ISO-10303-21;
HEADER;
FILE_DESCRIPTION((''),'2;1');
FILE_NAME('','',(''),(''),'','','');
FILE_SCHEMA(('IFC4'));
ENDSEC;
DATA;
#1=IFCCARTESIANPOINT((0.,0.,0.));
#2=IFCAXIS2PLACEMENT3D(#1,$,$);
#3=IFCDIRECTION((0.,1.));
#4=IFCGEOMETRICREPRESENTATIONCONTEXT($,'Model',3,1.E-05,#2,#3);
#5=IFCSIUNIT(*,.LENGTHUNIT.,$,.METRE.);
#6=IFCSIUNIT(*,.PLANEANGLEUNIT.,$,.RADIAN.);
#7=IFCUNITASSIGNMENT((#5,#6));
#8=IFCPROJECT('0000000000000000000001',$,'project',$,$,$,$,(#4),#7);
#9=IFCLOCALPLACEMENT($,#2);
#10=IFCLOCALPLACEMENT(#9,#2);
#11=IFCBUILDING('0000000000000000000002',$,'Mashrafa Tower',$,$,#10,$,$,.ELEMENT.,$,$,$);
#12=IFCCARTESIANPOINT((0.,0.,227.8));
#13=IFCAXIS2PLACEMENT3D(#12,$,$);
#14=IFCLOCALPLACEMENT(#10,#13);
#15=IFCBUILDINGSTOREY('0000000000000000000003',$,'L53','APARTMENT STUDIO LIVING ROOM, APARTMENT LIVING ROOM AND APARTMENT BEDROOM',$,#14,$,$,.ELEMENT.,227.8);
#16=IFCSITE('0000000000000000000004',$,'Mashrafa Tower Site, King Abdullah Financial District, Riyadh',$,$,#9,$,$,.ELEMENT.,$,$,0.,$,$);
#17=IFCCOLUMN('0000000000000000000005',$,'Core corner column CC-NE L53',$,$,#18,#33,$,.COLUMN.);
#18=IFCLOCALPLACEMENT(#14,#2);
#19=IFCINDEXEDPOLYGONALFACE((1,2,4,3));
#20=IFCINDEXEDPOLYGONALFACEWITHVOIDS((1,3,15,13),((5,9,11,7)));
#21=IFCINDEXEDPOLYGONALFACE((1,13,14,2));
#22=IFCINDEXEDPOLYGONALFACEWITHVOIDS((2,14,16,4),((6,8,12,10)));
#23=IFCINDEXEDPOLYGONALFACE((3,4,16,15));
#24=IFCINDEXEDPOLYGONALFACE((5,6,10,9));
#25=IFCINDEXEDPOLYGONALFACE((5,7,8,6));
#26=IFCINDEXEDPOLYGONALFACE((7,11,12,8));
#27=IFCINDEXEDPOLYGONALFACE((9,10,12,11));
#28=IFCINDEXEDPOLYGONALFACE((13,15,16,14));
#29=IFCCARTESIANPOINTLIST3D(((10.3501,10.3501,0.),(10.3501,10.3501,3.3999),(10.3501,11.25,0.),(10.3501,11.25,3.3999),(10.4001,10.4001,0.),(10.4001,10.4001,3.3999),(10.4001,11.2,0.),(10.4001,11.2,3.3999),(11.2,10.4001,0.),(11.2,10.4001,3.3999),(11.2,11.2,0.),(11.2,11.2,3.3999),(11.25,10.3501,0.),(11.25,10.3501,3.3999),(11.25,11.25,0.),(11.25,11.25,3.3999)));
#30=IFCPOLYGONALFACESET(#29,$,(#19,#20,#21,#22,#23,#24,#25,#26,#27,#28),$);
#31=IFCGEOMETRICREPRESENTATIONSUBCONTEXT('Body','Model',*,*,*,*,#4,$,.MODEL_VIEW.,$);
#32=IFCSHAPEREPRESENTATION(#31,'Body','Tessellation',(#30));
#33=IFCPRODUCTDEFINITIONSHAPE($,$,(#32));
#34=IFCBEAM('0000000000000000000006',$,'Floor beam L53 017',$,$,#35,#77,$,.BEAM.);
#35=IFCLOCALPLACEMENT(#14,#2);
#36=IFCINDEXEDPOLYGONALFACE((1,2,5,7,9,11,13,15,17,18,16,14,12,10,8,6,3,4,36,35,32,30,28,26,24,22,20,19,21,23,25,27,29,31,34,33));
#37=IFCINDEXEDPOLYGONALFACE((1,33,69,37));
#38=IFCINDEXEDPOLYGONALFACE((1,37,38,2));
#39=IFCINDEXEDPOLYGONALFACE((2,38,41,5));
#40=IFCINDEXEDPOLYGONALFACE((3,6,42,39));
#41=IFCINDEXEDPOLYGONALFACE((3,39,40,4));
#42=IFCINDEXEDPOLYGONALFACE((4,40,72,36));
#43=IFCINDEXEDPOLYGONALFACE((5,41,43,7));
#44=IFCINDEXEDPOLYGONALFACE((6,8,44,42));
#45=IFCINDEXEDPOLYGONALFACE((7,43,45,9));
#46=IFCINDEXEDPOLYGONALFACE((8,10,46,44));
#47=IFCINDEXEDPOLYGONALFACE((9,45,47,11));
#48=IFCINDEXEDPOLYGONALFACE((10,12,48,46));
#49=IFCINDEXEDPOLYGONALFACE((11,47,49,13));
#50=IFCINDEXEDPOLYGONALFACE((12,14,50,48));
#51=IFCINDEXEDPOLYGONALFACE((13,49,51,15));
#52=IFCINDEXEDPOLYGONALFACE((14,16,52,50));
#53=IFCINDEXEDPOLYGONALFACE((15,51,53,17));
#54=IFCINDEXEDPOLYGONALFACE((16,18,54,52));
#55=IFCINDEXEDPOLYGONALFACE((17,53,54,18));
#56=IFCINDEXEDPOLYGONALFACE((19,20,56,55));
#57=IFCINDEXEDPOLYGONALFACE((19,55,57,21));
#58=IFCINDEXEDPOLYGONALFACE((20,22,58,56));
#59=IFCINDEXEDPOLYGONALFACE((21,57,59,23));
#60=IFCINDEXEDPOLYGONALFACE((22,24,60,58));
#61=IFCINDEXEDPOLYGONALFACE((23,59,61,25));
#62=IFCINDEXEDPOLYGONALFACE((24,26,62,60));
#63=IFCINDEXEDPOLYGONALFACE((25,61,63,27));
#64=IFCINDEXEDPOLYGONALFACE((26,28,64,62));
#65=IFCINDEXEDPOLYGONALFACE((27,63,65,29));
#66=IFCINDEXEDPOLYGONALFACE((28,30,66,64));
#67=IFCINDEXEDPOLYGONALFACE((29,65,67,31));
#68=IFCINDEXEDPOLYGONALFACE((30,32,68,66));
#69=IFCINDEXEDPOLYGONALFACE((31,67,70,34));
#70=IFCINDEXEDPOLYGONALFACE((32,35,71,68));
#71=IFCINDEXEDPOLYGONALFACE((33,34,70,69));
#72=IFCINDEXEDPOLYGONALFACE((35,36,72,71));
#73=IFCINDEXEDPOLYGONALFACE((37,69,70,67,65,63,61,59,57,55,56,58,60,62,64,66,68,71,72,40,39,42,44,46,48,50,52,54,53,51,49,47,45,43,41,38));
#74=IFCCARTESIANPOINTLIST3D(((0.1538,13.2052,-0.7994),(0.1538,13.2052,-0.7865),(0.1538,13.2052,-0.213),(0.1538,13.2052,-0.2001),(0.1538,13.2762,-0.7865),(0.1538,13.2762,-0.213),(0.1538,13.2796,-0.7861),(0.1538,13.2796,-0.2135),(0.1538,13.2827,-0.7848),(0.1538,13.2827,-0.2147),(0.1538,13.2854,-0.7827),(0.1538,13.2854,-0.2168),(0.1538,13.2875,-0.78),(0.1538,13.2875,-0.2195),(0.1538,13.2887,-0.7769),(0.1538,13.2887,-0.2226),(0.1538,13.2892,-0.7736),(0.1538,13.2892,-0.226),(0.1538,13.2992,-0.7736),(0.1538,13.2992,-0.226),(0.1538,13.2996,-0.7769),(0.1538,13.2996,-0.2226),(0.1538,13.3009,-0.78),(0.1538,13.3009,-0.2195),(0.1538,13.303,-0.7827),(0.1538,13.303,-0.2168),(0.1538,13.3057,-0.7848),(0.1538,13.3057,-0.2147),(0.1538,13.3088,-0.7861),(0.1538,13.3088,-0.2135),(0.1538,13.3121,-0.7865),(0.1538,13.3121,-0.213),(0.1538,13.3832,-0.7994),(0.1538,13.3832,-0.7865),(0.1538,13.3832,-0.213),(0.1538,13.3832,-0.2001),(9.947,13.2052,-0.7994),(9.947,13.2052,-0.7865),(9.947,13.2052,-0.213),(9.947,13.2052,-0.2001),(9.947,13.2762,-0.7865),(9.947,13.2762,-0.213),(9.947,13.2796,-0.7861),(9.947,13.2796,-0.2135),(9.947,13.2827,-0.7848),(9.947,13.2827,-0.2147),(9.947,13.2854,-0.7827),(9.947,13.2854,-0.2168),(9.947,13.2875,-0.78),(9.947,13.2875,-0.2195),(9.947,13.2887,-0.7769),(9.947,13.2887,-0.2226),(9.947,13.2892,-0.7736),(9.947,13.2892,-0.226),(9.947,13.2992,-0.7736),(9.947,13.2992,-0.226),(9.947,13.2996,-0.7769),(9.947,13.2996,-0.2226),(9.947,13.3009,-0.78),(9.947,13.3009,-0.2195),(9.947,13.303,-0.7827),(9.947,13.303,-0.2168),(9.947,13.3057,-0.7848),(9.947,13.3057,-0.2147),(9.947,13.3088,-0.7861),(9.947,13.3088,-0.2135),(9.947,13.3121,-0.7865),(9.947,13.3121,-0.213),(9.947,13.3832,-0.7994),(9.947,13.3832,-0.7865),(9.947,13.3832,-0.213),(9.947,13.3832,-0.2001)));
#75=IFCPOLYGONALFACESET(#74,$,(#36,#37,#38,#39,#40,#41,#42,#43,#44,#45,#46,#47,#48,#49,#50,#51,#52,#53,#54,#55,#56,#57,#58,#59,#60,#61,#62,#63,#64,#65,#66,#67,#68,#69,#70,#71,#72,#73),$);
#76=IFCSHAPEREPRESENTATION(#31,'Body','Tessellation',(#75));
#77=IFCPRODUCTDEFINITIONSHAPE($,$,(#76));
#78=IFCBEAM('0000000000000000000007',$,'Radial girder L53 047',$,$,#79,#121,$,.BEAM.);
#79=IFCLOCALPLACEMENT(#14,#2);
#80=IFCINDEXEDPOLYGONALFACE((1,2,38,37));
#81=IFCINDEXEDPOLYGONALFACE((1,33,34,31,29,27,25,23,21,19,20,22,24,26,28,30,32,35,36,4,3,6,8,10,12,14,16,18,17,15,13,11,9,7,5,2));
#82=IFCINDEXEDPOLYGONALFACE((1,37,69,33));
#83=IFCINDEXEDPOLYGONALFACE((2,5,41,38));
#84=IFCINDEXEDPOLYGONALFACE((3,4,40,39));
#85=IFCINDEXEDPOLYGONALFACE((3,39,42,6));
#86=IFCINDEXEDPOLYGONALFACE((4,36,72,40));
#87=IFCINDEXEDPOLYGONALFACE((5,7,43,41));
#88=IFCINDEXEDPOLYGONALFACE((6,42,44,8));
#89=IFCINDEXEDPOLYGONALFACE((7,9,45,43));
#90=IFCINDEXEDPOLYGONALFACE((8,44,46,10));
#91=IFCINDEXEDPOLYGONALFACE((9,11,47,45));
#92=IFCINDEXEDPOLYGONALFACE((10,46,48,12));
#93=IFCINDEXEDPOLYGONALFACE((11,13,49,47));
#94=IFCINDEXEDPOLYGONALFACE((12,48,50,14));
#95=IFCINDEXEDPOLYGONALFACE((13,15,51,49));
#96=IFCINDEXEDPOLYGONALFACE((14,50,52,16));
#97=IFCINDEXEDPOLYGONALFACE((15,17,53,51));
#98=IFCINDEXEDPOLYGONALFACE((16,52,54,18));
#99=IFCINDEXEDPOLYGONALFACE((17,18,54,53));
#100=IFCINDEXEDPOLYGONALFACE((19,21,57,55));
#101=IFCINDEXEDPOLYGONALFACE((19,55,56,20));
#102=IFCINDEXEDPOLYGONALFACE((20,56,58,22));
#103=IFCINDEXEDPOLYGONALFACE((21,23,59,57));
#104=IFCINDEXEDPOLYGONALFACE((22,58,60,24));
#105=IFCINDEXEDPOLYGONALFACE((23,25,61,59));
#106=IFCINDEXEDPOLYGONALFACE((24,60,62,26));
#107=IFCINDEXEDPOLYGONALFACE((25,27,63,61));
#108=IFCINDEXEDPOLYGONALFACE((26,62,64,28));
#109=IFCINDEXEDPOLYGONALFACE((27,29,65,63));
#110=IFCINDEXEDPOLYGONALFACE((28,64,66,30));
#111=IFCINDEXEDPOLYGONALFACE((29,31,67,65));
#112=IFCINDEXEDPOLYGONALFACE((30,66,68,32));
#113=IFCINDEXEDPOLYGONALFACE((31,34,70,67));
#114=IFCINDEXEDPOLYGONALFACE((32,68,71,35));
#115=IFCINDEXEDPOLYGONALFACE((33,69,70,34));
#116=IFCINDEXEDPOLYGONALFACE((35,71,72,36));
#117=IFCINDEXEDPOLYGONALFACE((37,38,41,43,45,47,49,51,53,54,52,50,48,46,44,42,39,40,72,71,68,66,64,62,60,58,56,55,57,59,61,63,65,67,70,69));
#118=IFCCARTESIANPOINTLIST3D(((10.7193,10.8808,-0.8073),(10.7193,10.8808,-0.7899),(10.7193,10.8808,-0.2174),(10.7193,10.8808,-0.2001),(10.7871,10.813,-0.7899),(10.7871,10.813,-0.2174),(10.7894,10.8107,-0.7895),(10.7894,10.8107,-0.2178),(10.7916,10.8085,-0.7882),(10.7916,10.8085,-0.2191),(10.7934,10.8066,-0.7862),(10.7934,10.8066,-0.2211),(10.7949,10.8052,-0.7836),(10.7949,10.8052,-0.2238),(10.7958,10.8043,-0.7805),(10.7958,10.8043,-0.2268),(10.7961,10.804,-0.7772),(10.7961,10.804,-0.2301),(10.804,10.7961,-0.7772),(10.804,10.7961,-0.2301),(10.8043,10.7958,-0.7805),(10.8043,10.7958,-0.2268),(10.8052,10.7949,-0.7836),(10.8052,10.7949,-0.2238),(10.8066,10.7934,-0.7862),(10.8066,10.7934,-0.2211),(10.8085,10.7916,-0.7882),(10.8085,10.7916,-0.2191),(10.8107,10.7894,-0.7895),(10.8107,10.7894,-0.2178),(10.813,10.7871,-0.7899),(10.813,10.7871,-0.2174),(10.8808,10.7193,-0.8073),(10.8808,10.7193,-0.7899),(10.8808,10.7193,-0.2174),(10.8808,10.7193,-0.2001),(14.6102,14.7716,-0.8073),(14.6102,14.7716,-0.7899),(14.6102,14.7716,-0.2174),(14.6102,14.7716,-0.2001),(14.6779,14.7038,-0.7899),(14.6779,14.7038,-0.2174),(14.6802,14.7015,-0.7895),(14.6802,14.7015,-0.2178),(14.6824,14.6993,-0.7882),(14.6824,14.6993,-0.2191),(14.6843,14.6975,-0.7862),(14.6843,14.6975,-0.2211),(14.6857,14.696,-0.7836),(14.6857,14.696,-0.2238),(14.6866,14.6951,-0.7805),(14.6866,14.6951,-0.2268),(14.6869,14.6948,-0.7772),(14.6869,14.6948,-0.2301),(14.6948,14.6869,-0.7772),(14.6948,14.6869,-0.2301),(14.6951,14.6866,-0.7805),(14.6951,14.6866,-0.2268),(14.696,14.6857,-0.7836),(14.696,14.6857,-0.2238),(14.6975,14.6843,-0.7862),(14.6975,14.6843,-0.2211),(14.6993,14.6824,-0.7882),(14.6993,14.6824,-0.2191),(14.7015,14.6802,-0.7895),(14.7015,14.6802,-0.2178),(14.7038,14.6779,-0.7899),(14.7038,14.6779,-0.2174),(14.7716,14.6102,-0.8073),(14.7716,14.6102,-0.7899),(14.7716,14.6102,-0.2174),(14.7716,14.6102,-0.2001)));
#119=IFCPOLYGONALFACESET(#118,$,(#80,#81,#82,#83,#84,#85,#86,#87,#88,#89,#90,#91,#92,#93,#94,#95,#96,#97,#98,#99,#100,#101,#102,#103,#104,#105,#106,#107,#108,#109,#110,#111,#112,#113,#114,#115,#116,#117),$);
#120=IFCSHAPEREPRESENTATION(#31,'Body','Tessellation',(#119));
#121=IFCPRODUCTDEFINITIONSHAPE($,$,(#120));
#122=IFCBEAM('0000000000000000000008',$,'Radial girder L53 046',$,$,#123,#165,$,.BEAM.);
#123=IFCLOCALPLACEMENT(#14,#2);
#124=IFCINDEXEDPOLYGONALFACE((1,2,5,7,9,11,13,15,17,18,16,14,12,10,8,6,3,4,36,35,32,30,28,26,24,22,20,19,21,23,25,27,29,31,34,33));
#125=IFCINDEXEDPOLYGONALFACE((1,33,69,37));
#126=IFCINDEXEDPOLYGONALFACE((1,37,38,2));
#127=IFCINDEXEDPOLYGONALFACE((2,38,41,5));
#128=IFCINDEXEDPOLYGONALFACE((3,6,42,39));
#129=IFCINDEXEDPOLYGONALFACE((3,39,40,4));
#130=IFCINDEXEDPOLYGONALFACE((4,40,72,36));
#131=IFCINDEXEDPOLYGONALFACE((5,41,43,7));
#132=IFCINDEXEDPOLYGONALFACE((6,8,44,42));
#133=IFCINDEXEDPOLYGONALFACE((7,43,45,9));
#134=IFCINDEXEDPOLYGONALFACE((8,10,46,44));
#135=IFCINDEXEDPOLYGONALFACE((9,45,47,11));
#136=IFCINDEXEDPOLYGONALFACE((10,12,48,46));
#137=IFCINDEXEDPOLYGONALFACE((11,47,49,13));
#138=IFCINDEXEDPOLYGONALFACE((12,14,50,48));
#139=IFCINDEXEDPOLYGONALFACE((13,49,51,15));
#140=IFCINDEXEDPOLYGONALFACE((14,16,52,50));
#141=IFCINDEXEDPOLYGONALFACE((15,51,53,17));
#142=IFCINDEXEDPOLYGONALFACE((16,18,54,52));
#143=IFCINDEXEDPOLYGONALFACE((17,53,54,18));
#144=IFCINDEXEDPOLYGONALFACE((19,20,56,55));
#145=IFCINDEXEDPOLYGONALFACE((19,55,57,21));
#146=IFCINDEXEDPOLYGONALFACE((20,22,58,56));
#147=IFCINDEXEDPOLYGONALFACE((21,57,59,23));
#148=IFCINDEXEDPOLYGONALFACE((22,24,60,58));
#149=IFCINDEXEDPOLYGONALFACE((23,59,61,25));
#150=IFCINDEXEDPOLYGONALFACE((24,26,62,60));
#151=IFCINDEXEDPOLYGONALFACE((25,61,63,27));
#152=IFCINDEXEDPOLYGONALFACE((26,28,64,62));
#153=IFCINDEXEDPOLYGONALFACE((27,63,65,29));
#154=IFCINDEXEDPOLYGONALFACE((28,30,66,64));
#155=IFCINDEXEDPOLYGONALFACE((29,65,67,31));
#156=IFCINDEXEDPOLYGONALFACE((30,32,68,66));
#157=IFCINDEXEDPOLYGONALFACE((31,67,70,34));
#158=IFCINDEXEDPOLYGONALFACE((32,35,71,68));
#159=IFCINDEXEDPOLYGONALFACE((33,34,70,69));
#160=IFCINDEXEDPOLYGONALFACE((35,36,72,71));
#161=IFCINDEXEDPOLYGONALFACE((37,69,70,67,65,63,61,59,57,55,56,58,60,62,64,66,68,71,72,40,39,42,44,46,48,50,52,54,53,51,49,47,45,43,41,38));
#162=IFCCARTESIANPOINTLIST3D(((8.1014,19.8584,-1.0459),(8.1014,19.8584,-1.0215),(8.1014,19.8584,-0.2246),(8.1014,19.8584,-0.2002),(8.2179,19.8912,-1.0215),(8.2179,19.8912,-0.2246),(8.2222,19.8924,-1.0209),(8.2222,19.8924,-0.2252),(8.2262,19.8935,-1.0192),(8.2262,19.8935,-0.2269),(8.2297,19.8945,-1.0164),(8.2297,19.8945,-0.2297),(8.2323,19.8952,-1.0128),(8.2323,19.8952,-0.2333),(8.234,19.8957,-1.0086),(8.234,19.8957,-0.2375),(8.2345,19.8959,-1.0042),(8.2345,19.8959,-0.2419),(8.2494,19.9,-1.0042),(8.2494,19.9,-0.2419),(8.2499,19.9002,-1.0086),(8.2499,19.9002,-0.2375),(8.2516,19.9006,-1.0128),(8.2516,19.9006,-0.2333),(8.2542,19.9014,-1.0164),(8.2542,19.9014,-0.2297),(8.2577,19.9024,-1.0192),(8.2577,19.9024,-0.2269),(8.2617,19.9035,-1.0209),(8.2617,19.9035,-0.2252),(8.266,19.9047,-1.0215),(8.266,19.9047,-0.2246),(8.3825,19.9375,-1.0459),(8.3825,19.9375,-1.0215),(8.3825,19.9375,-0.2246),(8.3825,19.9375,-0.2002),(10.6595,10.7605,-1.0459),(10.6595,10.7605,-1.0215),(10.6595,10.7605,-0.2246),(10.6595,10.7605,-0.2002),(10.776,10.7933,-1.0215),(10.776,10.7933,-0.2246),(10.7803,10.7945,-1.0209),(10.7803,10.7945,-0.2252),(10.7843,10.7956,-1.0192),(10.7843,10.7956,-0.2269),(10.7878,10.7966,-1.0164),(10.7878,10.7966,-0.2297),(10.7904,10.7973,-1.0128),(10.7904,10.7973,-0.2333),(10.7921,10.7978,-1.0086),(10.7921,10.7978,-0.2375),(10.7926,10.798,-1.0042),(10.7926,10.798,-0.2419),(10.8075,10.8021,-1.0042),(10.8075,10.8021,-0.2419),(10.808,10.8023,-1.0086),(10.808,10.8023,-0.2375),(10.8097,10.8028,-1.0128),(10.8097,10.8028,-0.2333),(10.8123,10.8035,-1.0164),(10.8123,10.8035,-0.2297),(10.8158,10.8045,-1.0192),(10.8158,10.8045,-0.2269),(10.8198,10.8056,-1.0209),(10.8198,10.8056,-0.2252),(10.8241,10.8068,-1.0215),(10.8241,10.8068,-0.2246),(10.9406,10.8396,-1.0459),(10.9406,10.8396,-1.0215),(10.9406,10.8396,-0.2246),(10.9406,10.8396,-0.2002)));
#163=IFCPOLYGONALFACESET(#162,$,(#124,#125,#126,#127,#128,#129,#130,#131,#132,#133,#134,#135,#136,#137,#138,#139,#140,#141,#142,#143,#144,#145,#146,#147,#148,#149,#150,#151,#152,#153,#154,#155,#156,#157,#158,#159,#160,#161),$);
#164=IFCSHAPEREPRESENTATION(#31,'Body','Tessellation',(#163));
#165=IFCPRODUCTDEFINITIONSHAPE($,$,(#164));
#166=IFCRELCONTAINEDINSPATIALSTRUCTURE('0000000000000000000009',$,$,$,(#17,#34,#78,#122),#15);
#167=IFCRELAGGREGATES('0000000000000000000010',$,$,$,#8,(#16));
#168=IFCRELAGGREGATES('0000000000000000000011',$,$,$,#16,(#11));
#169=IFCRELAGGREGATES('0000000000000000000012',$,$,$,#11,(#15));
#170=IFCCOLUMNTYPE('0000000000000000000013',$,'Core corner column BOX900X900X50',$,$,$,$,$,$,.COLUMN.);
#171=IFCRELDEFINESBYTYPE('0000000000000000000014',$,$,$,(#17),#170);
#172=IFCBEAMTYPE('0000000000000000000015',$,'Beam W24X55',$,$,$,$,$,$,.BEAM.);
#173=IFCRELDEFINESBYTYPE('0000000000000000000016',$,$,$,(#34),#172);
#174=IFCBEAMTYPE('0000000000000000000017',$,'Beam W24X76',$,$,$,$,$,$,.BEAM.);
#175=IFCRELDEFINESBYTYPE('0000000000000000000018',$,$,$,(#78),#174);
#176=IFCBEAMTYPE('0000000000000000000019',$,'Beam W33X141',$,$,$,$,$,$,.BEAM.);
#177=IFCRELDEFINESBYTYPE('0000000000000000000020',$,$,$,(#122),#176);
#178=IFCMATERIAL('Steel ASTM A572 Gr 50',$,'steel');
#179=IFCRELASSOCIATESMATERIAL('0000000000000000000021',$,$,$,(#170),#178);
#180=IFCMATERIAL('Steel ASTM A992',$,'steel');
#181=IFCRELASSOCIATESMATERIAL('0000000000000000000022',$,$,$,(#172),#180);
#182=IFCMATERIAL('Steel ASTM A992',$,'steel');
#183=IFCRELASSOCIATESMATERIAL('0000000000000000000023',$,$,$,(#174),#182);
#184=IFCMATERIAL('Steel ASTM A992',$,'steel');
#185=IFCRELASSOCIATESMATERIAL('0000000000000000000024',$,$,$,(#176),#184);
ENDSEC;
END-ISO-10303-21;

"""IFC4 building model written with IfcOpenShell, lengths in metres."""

from ifc_helpers import new_model, si_unit, direction, frame, origin, origin_2d, place, context, subcontext, project, spatial, hollow_rectangle, i_section, extrude, material, material_profile, profile_set, type_object, element, save


model = new_model("IFC4")

# Units and contexts
model_context = context("Model", 3, precision=1e-05, world=origin(), true_north=direction((0.0, 1.0)))
body_context = subcontext(model_context, "Body", "Model", "MODEL_VIEW")
ifc_project = project(units=[si_unit("LENGTHUNIT", "METRE"), si_unit("PLANEANGLEUNIT", "RADIAN")], contexts=[model_context])

# Site, building, storey
site_placement = place(None, origin())
site = spatial("IfcSite", under=ifc_project, at=site_placement, Name="Mashrafa Tower Site, King Abdullah Financial District, Riyadh", CompositionType="ELEMENT", RefElevation=0.0)
building_placement = place(site_placement, origin())
building = spatial("IfcBuilding", under=site, at=building_placement, Name="Mashrafa Tower", CompositionType="ELEMENT")
storey_placement = place(building_placement, frame((0.0, 0.0, 227.8)))
storey = spatial("IfcBuildingStorey", under=building, at=storey_placement, Name="L53", Description="APARTMENT STUDIO LIVING ROOM, APARTMENT LIVING ROOM AND APARTMENT BEDROOM", CompositionType="ELEMENT", Elevation=227.8)

# Column
ifc_material_1 = material(Name="Steel ASTM A572 Gr 50", Category="steel")
ifc_material_profile_1 = material_profile(ifc_material_1, hollow_rectangle(XDim=0.8999, YDim=0.8999, WallThickness=0.05, at=origin_2d()), Name="BOX900X900X50")
ifc_profile_set_1 = profile_set([ifc_material_profile_1], Name="Steel ASTM A572 Gr 50")
column_type = type_object("IfcColumnType", Name="Core corner column BOX900X900X50", PredefinedType="COLUMN", material=ifc_profile_set_1)
column_placement = place(storey_placement, frame((10.8, 10.8, 0.0), z_axis=(0.0, 0.0, 1.0), x_axis=(1.0, 0.0, 0.0)))
element("IfcColumn", 1, at=column_placement, inside=storey, type_object=column_type, Name="Core corner column CC-NE L53", PredefinedType="COLUMN", context=body_context, shape_type="SweptSolid", body=[
    extrude(hollow_rectangle(XDim=0.8999, YDim=0.8999, WallThickness=0.05, at=origin_2d()), origin(), (0.0, 0.0, 1.0), 3.3999),
])

# Beams
ifc_material_2 = material(Name="Steel ASTM A992", Category="steel")
ifc_material_profile_2 = material_profile(ifc_material_2, i_section(OverallWidth=0.178, OverallDepth=0.5994, WebThickness=0.01, FlangeThickness=0.0129, FilletRadius=0.0129, at=origin_2d()), Name="W24X55")
ifc_profile_set_2 = profile_set([ifc_material_profile_2], Name="Steel ASTM A992")
beam_type_1 = type_object("IfcBeamType", Name="Beam W24X55", PredefinedType="BEAM", material=ifc_profile_set_2)
beam_1_placement = place(storey_placement, frame((0.1538, 13.2942, -0.4998), z_axis=(1.0, 0.0, 0.0), x_axis=(0.0, 1.0, 0.0)))
element("IfcBeam", 2, at=beam_1_placement, inside=storey, type_object=beam_type_1, Name="Floor beam L53 017", PredefinedType="BEAM", context=body_context, shape_type="SweptSolid", body=[
    extrude(i_section(OverallWidth=0.178, OverallDepth=0.5994, WebThickness=0.01, FlangeThickness=0.0129, FilletRadius=0.0129, at=origin_2d()), origin(), (0.0, 0.0, 1.0), 9.7932),
])
ifc_material_3 = material(Name="Steel ASTM A992", Category="steel")
ifc_material_profile_3 = material_profile(ifc_material_3, i_section(OverallWidth=0.2283, OverallDepth=0.6072, WebThickness=0.0112, FlangeThickness=0.0173, FilletRadius=0.0127, at=origin_2d()), Name="W24X76")
ifc_profile_set_3 = profile_set([ifc_material_profile_3], Name="Steel ASTM A992")
beam_type_2 = type_object("IfcBeamType", Name="Beam W24X76", PredefinedType="BEAM", material=ifc_profile_set_3)
beam_2_placement = place(storey_placement, frame((10.8, 10.8, -0.5037), z_axis=(0.707107, 0.707107, 0.0), x_axis=(-0.707107, 0.707107, 0.0)))
element("IfcBeam", 3, at=beam_2_placement, inside=storey, type_object=beam_type_2, Name="Radial girder L53 047", PredefinedType="BEAM", context=body_context, shape_type="SweptSolid", body=[
    extrude(i_section(OverallWidth=0.2283, OverallDepth=0.6072, WebThickness=0.0112, FlangeThickness=0.0173, FilletRadius=0.0127, at=origin_2d()), origin(), (0.0, 0.0, 1.0), 5.5024),
])
ifc_material_4 = material(Name="Steel ASTM A992", Category="steel")
ifc_material_profile_4 = material_profile(ifc_material_4, i_section(OverallWidth=0.292, OverallDepth=0.8457, WebThickness=0.0154, FlangeThickness=0.0244, FilletRadius=0.0173, at=origin_2d()), Name="W33X141")
ifc_profile_set_4 = profile_set([ifc_material_profile_4], Name="Steel ASTM A992")
beam_type_3 = type_object("IfcBeamType", Name="Beam W33X141", PredefinedType="BEAM", material=ifc_profile_set_4)
beam_3_placement = place(storey_placement, frame((10.8, 10.8, -0.623), z_axis=(-0.270679, 0.96267, 0.0), x_axis=(-0.96267, -0.270679, 0.0)))
element("IfcBeam", 4, at=beam_3_placement, inside=storey, type_object=beam_type_3, Name="Radial girder L53 046", PredefinedType="BEAM", context=body_context, shape_type="SweptSolid", body=[
    extrude(i_section(OverallWidth=0.292, OverallDepth=0.8457, WebThickness=0.0154, FlangeThickness=0.0244, FilletRadius=0.0173, at=origin_2d()), origin(), (0.0, 0.0, 1.0), 9.4507),
])

save(model, "model.ifc")
